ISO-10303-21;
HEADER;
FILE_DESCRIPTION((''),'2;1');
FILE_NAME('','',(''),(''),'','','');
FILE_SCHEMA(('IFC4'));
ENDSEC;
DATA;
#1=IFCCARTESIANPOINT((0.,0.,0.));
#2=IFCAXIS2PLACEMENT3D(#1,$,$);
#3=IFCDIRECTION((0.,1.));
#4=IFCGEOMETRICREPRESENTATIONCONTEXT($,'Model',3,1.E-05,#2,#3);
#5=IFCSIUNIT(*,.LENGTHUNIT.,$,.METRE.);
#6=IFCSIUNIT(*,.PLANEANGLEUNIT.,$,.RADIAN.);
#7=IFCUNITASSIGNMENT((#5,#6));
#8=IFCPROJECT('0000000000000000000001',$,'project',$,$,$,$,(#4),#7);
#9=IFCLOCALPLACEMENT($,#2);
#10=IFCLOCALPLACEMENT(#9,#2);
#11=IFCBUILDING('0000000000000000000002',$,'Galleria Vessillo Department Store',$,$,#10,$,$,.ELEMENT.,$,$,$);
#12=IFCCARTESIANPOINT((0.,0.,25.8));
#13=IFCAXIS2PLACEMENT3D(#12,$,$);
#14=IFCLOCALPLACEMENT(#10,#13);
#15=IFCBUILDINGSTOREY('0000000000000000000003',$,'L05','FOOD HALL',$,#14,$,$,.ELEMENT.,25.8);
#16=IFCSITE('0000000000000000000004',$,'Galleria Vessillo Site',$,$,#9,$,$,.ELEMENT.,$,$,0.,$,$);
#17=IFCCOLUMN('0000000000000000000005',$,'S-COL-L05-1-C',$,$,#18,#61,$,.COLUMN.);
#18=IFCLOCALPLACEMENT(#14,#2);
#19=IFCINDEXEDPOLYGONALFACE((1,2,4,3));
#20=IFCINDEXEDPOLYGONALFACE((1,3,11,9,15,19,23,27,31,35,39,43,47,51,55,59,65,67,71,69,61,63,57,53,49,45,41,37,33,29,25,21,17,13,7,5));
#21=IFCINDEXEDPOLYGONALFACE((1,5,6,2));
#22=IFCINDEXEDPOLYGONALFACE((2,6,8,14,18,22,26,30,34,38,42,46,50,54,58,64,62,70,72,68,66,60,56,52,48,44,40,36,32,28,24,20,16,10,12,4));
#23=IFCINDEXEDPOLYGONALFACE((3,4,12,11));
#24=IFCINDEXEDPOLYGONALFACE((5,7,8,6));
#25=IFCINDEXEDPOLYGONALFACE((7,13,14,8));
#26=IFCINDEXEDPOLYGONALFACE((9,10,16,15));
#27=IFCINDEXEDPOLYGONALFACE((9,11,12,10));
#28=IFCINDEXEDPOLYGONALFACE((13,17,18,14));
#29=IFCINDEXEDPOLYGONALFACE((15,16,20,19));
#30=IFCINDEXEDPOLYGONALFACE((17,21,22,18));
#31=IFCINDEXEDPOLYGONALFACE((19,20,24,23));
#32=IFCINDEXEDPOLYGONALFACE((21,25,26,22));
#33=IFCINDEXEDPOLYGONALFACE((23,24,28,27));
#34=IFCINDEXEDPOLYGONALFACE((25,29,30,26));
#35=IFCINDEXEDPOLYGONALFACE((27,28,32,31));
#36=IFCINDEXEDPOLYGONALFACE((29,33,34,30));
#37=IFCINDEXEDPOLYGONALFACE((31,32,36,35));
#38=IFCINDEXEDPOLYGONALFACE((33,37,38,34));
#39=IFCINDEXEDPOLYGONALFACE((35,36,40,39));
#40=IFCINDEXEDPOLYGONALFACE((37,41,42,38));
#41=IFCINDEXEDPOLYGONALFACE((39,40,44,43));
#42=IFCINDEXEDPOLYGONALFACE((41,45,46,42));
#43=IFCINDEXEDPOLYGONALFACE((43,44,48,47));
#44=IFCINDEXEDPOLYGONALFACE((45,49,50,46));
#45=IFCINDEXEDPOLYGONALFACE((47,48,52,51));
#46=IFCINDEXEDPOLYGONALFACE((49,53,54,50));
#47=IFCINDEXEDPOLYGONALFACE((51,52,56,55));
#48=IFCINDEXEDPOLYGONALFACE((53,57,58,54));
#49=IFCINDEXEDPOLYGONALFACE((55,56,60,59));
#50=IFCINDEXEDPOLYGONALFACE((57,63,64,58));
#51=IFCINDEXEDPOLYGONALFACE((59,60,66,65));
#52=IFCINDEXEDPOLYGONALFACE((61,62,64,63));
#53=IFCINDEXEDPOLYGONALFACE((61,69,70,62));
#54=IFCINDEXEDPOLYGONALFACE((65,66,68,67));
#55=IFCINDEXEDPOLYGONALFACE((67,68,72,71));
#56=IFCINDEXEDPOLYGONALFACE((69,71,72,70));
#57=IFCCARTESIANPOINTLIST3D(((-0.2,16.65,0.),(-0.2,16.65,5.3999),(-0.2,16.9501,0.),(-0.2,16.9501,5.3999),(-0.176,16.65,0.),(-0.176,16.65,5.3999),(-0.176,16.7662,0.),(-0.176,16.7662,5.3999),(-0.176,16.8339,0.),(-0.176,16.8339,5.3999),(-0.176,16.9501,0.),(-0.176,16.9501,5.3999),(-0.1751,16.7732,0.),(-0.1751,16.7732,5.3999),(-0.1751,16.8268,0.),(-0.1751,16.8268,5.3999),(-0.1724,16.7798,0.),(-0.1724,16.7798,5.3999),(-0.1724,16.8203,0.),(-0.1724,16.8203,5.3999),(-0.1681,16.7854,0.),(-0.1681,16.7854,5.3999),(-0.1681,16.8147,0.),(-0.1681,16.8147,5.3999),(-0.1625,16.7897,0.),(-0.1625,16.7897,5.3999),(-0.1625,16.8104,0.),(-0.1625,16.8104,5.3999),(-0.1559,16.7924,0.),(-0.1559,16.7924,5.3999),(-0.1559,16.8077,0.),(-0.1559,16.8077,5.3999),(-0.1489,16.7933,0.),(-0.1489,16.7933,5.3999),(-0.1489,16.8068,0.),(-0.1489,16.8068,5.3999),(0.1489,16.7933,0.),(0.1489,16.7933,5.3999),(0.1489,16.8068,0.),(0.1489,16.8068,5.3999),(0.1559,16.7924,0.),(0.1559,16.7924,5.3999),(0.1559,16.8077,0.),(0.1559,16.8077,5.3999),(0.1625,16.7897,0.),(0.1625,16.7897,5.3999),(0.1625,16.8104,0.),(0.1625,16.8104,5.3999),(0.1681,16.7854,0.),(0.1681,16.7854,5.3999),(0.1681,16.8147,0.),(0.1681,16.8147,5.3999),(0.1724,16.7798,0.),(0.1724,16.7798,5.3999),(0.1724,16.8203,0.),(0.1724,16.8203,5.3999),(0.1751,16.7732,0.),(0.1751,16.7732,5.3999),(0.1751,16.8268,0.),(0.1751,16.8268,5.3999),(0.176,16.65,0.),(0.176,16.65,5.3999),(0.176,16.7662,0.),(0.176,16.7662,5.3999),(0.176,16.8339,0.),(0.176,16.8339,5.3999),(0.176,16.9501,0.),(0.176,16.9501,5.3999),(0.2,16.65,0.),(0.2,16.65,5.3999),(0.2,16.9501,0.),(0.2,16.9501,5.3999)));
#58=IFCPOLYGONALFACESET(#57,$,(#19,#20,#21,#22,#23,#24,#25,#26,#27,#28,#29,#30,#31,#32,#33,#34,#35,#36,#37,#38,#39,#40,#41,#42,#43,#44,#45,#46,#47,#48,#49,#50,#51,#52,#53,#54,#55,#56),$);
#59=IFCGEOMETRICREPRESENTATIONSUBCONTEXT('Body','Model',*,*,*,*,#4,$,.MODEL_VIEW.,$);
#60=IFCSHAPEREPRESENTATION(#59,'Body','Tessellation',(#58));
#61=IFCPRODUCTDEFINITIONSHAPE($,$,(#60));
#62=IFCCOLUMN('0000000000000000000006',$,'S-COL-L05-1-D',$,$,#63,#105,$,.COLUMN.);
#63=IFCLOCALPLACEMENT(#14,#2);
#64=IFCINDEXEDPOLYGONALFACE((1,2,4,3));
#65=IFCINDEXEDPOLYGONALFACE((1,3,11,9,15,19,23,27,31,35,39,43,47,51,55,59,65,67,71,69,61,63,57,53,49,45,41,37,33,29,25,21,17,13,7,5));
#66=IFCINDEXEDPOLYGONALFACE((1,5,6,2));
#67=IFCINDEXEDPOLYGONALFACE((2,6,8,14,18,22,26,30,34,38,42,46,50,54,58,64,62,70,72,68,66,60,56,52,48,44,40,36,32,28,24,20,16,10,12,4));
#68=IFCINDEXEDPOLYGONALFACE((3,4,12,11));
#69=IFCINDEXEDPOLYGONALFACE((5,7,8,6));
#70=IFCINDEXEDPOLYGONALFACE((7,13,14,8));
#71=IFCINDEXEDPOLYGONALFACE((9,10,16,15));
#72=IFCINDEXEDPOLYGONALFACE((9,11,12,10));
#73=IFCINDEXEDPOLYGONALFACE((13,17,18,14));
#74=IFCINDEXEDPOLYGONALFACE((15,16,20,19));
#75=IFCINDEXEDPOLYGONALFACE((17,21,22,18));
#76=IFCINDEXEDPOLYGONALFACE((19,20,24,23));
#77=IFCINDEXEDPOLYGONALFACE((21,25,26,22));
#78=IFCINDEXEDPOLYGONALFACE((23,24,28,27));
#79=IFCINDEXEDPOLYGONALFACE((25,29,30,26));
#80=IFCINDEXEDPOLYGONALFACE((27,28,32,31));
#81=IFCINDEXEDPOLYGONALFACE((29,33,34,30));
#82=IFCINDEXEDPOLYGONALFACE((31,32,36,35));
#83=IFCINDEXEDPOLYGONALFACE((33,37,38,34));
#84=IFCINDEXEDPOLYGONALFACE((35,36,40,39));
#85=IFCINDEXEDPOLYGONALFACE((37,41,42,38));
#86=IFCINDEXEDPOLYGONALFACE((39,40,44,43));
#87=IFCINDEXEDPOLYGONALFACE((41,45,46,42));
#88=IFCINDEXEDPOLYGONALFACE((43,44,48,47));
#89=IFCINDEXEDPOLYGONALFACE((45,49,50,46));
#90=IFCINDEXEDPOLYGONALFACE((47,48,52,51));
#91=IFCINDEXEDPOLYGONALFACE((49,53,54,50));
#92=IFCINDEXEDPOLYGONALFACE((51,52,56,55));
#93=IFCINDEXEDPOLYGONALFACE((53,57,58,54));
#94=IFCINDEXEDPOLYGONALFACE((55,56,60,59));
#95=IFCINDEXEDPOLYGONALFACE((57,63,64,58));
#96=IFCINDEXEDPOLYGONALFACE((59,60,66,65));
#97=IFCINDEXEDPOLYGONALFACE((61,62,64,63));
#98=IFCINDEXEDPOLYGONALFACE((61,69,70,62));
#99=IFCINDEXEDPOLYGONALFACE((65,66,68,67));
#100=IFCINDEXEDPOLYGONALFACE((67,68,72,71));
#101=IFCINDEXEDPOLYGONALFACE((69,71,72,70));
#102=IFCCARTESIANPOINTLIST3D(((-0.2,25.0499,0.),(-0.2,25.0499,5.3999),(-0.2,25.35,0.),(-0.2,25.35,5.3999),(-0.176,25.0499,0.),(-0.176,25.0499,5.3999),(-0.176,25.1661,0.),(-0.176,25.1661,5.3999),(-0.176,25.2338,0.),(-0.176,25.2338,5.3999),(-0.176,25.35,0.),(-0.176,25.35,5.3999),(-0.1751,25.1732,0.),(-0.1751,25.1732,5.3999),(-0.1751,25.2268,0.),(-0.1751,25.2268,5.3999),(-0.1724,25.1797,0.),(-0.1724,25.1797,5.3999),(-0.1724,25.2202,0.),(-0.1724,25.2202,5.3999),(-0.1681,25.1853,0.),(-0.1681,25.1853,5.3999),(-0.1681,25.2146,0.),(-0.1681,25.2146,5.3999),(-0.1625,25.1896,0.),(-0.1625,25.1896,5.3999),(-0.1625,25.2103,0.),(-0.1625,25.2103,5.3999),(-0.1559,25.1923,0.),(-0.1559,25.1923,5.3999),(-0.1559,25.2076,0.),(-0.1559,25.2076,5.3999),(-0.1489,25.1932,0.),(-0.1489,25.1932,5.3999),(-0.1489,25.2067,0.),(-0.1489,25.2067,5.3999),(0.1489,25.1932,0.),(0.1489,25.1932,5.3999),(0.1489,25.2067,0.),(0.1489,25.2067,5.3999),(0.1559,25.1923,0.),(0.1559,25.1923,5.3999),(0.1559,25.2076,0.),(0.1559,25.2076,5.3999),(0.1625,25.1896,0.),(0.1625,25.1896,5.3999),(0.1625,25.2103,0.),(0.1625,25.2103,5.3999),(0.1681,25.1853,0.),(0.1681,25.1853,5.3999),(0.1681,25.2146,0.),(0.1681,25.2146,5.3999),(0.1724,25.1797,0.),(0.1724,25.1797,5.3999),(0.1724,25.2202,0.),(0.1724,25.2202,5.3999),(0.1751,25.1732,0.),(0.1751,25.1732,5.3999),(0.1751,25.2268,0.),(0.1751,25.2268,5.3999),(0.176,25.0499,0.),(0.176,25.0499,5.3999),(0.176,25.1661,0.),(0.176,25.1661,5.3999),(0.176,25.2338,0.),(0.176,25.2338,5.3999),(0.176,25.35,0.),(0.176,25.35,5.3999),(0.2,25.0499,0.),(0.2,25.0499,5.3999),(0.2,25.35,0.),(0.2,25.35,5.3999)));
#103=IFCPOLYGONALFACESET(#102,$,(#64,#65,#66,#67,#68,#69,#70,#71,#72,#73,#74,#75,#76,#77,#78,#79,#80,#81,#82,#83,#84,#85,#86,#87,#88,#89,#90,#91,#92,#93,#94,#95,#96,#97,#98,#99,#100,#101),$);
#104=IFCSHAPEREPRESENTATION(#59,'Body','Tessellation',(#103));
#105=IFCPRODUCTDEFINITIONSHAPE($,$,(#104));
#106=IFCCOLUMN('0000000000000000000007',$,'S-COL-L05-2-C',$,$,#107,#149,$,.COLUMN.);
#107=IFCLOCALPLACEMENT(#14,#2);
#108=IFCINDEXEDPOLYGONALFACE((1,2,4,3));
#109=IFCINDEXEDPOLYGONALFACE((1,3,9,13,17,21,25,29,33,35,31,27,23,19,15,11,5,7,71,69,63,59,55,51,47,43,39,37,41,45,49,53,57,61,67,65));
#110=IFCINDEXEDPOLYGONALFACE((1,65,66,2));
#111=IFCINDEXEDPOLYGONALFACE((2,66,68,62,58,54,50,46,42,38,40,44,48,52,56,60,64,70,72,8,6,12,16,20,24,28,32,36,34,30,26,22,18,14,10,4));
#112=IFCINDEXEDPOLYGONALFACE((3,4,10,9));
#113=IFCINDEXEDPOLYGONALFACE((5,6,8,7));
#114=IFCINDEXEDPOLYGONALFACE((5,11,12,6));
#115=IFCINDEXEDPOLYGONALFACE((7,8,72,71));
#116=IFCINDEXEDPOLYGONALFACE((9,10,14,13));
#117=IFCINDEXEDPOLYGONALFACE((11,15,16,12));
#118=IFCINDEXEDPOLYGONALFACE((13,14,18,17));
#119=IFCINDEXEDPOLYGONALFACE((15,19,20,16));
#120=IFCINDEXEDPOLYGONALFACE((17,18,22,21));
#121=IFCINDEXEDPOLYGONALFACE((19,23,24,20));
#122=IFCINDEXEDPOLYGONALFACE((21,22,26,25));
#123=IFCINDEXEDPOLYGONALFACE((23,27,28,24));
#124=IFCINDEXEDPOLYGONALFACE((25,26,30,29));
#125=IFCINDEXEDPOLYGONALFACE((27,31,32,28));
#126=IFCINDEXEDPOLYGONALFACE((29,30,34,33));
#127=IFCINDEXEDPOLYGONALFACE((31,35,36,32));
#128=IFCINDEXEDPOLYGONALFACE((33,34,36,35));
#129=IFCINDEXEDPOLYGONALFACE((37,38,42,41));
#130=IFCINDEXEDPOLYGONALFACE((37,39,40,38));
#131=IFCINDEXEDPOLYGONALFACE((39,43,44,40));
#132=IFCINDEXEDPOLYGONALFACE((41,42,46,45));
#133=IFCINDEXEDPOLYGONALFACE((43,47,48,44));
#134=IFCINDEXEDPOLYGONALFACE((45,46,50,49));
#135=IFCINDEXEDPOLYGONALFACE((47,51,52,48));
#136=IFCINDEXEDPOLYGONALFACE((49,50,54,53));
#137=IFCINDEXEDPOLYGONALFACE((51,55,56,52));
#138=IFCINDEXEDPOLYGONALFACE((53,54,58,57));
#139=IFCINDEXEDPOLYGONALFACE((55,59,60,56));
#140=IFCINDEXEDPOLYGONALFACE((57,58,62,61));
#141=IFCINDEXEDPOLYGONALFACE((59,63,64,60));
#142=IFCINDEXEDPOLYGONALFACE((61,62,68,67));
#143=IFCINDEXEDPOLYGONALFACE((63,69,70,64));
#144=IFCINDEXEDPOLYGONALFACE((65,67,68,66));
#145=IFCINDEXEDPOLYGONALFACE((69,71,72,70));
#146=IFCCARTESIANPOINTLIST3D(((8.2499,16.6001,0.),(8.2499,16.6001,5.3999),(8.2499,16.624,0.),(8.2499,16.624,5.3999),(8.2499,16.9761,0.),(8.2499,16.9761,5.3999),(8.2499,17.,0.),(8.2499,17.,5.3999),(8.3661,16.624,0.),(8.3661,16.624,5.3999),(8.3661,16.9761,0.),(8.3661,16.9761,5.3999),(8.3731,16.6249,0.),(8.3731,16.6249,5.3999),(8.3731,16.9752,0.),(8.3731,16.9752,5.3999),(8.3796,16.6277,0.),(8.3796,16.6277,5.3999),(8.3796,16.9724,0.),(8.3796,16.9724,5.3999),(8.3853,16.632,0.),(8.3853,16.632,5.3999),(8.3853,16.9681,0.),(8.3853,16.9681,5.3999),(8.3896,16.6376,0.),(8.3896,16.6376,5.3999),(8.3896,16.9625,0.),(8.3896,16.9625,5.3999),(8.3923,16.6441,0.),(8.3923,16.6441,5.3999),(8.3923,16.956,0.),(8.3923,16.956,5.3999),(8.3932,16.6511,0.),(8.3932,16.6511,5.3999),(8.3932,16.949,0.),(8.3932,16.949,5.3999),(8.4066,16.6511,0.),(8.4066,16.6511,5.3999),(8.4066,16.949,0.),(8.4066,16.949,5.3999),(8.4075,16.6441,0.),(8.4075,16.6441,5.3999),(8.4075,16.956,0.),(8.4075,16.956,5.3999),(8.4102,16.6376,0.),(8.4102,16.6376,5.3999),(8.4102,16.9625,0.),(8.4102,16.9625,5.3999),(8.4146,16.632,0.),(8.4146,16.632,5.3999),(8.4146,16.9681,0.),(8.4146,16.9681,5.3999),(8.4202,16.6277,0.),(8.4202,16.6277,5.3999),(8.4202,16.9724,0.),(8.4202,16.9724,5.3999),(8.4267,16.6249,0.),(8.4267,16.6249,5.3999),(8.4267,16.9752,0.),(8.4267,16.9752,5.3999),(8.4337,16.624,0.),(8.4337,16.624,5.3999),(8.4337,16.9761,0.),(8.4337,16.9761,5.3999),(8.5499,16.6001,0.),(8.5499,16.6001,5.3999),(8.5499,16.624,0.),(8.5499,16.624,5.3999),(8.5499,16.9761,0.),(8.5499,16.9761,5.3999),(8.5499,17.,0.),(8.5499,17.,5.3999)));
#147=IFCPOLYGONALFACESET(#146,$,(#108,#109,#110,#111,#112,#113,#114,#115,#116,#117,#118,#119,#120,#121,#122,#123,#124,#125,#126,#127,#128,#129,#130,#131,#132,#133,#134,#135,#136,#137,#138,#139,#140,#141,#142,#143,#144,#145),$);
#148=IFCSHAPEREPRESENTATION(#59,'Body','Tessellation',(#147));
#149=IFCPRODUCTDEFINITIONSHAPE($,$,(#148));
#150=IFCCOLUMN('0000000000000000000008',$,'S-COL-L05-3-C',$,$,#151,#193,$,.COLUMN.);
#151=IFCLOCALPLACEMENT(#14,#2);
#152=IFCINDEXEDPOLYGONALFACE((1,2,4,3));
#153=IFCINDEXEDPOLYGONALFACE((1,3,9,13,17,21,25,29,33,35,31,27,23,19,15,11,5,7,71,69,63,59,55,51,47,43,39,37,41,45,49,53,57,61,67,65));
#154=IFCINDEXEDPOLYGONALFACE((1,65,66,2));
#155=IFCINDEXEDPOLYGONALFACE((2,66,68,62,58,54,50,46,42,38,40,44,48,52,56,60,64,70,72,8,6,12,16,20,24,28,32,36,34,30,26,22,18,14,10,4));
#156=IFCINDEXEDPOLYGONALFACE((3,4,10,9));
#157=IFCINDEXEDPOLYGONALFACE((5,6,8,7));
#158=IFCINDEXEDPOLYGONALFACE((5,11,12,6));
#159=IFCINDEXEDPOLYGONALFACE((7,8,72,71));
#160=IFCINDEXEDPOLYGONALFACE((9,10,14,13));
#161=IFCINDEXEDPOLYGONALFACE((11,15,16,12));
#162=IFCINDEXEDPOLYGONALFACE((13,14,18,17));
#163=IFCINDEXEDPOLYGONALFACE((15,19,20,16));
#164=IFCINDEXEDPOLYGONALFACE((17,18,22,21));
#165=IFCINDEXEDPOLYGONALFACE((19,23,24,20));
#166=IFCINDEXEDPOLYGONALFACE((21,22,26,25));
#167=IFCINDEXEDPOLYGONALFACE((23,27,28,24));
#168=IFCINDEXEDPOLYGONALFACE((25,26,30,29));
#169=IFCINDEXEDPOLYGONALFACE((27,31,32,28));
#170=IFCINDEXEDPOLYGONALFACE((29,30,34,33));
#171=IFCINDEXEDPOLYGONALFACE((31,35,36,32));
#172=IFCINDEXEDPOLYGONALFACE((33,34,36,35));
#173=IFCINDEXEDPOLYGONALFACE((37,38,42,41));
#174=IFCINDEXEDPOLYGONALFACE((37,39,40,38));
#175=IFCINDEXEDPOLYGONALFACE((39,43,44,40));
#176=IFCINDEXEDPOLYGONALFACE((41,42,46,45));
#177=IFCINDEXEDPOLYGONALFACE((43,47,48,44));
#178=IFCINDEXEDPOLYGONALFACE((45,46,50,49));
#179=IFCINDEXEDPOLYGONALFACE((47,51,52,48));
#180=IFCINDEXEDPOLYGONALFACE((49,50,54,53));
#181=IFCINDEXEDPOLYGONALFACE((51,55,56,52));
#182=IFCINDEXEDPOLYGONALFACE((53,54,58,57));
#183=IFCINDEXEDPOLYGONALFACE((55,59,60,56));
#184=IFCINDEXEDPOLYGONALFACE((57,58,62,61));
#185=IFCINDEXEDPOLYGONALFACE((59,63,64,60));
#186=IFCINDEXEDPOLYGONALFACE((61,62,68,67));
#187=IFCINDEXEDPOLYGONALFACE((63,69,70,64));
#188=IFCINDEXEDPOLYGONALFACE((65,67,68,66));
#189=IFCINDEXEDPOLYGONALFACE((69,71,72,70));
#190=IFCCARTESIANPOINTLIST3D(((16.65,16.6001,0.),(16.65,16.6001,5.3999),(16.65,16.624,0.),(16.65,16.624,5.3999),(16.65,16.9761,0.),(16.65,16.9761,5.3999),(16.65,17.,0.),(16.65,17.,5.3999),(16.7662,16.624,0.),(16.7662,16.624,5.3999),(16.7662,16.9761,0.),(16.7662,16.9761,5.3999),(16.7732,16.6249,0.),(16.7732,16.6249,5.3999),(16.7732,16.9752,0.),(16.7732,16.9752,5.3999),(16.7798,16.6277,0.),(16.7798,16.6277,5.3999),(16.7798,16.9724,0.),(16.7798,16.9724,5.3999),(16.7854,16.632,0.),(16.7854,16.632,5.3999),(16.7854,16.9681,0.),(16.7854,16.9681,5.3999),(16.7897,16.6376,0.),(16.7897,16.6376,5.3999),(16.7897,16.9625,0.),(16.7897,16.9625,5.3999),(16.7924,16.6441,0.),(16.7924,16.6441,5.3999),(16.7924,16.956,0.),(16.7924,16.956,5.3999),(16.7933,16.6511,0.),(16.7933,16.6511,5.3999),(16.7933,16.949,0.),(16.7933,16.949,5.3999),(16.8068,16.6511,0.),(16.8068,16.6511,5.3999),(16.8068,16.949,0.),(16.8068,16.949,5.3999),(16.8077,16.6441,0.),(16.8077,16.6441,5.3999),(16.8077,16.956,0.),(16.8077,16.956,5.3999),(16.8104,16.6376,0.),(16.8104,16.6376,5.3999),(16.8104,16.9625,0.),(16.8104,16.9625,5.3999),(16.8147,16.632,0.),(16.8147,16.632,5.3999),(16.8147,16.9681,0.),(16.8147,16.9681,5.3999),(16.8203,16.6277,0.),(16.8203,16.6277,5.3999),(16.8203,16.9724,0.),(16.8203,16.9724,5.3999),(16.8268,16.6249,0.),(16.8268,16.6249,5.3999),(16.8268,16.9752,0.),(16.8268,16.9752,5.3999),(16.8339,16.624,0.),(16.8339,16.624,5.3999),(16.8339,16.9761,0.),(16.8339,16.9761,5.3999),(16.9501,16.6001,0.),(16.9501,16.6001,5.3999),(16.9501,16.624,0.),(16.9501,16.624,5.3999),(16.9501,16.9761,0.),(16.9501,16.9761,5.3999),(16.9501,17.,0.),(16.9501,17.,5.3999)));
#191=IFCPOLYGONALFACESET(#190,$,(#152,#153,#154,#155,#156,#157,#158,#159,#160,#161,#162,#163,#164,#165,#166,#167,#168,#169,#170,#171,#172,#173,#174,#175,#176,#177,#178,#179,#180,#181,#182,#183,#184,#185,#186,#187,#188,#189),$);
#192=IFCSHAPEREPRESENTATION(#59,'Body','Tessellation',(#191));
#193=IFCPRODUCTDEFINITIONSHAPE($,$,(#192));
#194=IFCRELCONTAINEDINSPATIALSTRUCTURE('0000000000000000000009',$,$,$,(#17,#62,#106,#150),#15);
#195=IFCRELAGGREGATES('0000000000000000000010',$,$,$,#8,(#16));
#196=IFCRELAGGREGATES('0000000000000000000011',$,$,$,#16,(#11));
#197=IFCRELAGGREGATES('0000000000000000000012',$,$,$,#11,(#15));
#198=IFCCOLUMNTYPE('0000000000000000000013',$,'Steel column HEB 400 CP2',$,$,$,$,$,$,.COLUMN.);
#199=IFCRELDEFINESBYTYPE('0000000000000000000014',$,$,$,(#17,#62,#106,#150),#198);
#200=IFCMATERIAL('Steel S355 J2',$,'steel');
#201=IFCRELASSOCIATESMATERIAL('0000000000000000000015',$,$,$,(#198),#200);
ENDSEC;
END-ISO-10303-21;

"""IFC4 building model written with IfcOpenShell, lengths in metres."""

from ifc_helpers import new_model, si_unit, direction, frame, origin, origin_2d, place, context, subcontext, project, spatial, i_section, extrude, material, material_profile, profile_set, type_object, element, save


model = new_model("IFC4")

# Units and contexts
model_context = context("Model", 3, precision=1e-05, world=origin(), true_north=direction((0.0, 1.0)))
body_context = subcontext(model_context, "Body", "Model", "MODEL_VIEW")
ifc_project = project(units=[si_unit("LENGTHUNIT", "METRE"), si_unit("PLANEANGLEUNIT", "RADIAN")], contexts=[model_context])

# Site, building, storey
site_placement = place(None, origin())
site = spatial("IfcSite", under=ifc_project, at=site_placement, Name="Galleria Vessillo Site", CompositionType="ELEMENT", RefElevation=0.0)
building_placement = place(site_placement, origin())
building = spatial("IfcBuilding", under=site, at=building_placement, Name="Galleria Vessillo Department Store", CompositionType="ELEMENT")
storey_placement = place(building_placement, frame((0.0, 0.0, 25.8)))
storey = spatial("IfcBuildingStorey", under=building, at=storey_placement, Name="L05", Description="FOOD HALL", CompositionType="ELEMENT", Elevation=25.8)

# Columns
ifc_material_1 = material(Name="Steel S355 J2", Category="steel")
ifc_material_profile_1 = material_profile(ifc_material_1, i_section(OverallWidth=0.3, OverallDepth=0.3999, WebThickness=0.0134, FlangeThickness=0.0239, FilletRadius=0.0271, at=origin_2d()), Name="HEB 400")
ifc_profile_set_1 = profile_set([ifc_material_profile_1], Name="Steel S355 J2")
column_type_1 = type_object("IfcColumnType", Name="Steel column HEB 400 CP2", PredefinedType="COLUMN", material=ifc_profile_set_1)
for number, where, z_axis, x_axis, name in (
    (1, (0.0, 16.8, 0.0), (0.0, 0.0, 1.0), (0.0, 1.0, 0.0), "S-COL-L05-1-C"),
    (2, (0.0, 25.2, 0.0), (0.0, 0.0, 1.0), (0.0, 1.0, 0.0), "S-COL-L05-1-D"),
    (3, (8.3999, 16.8, 0.0), (0.0, 0.0, 1.0), (1.0, 0.0, 0.0), "S-COL-L05-2-C"),
    (4, (16.8, 16.8, 0.0), (0.0, 0.0, 1.0), (1.0, 0.0, 0.0), "S-COL-L05-3-C"),
):
    element("IfcColumn", number, at=place(storey_placement, frame(where, z_axis=z_axis, x_axis=x_axis)), inside=storey, type_object=column_type_1, Name=name, PredefinedType="COLUMN", context=body_context, shape_type="SweptSolid", body=[
        extrude(i_section(OverallWidth=0.3, OverallDepth=0.3999, WebThickness=0.0134, FlangeThickness=0.0239, FilletRadius=0.0271, at=origin_2d()), origin(), (0.0, 0.0, 1.0), 5.3999),
    ])

save(model, "model.ifc")
